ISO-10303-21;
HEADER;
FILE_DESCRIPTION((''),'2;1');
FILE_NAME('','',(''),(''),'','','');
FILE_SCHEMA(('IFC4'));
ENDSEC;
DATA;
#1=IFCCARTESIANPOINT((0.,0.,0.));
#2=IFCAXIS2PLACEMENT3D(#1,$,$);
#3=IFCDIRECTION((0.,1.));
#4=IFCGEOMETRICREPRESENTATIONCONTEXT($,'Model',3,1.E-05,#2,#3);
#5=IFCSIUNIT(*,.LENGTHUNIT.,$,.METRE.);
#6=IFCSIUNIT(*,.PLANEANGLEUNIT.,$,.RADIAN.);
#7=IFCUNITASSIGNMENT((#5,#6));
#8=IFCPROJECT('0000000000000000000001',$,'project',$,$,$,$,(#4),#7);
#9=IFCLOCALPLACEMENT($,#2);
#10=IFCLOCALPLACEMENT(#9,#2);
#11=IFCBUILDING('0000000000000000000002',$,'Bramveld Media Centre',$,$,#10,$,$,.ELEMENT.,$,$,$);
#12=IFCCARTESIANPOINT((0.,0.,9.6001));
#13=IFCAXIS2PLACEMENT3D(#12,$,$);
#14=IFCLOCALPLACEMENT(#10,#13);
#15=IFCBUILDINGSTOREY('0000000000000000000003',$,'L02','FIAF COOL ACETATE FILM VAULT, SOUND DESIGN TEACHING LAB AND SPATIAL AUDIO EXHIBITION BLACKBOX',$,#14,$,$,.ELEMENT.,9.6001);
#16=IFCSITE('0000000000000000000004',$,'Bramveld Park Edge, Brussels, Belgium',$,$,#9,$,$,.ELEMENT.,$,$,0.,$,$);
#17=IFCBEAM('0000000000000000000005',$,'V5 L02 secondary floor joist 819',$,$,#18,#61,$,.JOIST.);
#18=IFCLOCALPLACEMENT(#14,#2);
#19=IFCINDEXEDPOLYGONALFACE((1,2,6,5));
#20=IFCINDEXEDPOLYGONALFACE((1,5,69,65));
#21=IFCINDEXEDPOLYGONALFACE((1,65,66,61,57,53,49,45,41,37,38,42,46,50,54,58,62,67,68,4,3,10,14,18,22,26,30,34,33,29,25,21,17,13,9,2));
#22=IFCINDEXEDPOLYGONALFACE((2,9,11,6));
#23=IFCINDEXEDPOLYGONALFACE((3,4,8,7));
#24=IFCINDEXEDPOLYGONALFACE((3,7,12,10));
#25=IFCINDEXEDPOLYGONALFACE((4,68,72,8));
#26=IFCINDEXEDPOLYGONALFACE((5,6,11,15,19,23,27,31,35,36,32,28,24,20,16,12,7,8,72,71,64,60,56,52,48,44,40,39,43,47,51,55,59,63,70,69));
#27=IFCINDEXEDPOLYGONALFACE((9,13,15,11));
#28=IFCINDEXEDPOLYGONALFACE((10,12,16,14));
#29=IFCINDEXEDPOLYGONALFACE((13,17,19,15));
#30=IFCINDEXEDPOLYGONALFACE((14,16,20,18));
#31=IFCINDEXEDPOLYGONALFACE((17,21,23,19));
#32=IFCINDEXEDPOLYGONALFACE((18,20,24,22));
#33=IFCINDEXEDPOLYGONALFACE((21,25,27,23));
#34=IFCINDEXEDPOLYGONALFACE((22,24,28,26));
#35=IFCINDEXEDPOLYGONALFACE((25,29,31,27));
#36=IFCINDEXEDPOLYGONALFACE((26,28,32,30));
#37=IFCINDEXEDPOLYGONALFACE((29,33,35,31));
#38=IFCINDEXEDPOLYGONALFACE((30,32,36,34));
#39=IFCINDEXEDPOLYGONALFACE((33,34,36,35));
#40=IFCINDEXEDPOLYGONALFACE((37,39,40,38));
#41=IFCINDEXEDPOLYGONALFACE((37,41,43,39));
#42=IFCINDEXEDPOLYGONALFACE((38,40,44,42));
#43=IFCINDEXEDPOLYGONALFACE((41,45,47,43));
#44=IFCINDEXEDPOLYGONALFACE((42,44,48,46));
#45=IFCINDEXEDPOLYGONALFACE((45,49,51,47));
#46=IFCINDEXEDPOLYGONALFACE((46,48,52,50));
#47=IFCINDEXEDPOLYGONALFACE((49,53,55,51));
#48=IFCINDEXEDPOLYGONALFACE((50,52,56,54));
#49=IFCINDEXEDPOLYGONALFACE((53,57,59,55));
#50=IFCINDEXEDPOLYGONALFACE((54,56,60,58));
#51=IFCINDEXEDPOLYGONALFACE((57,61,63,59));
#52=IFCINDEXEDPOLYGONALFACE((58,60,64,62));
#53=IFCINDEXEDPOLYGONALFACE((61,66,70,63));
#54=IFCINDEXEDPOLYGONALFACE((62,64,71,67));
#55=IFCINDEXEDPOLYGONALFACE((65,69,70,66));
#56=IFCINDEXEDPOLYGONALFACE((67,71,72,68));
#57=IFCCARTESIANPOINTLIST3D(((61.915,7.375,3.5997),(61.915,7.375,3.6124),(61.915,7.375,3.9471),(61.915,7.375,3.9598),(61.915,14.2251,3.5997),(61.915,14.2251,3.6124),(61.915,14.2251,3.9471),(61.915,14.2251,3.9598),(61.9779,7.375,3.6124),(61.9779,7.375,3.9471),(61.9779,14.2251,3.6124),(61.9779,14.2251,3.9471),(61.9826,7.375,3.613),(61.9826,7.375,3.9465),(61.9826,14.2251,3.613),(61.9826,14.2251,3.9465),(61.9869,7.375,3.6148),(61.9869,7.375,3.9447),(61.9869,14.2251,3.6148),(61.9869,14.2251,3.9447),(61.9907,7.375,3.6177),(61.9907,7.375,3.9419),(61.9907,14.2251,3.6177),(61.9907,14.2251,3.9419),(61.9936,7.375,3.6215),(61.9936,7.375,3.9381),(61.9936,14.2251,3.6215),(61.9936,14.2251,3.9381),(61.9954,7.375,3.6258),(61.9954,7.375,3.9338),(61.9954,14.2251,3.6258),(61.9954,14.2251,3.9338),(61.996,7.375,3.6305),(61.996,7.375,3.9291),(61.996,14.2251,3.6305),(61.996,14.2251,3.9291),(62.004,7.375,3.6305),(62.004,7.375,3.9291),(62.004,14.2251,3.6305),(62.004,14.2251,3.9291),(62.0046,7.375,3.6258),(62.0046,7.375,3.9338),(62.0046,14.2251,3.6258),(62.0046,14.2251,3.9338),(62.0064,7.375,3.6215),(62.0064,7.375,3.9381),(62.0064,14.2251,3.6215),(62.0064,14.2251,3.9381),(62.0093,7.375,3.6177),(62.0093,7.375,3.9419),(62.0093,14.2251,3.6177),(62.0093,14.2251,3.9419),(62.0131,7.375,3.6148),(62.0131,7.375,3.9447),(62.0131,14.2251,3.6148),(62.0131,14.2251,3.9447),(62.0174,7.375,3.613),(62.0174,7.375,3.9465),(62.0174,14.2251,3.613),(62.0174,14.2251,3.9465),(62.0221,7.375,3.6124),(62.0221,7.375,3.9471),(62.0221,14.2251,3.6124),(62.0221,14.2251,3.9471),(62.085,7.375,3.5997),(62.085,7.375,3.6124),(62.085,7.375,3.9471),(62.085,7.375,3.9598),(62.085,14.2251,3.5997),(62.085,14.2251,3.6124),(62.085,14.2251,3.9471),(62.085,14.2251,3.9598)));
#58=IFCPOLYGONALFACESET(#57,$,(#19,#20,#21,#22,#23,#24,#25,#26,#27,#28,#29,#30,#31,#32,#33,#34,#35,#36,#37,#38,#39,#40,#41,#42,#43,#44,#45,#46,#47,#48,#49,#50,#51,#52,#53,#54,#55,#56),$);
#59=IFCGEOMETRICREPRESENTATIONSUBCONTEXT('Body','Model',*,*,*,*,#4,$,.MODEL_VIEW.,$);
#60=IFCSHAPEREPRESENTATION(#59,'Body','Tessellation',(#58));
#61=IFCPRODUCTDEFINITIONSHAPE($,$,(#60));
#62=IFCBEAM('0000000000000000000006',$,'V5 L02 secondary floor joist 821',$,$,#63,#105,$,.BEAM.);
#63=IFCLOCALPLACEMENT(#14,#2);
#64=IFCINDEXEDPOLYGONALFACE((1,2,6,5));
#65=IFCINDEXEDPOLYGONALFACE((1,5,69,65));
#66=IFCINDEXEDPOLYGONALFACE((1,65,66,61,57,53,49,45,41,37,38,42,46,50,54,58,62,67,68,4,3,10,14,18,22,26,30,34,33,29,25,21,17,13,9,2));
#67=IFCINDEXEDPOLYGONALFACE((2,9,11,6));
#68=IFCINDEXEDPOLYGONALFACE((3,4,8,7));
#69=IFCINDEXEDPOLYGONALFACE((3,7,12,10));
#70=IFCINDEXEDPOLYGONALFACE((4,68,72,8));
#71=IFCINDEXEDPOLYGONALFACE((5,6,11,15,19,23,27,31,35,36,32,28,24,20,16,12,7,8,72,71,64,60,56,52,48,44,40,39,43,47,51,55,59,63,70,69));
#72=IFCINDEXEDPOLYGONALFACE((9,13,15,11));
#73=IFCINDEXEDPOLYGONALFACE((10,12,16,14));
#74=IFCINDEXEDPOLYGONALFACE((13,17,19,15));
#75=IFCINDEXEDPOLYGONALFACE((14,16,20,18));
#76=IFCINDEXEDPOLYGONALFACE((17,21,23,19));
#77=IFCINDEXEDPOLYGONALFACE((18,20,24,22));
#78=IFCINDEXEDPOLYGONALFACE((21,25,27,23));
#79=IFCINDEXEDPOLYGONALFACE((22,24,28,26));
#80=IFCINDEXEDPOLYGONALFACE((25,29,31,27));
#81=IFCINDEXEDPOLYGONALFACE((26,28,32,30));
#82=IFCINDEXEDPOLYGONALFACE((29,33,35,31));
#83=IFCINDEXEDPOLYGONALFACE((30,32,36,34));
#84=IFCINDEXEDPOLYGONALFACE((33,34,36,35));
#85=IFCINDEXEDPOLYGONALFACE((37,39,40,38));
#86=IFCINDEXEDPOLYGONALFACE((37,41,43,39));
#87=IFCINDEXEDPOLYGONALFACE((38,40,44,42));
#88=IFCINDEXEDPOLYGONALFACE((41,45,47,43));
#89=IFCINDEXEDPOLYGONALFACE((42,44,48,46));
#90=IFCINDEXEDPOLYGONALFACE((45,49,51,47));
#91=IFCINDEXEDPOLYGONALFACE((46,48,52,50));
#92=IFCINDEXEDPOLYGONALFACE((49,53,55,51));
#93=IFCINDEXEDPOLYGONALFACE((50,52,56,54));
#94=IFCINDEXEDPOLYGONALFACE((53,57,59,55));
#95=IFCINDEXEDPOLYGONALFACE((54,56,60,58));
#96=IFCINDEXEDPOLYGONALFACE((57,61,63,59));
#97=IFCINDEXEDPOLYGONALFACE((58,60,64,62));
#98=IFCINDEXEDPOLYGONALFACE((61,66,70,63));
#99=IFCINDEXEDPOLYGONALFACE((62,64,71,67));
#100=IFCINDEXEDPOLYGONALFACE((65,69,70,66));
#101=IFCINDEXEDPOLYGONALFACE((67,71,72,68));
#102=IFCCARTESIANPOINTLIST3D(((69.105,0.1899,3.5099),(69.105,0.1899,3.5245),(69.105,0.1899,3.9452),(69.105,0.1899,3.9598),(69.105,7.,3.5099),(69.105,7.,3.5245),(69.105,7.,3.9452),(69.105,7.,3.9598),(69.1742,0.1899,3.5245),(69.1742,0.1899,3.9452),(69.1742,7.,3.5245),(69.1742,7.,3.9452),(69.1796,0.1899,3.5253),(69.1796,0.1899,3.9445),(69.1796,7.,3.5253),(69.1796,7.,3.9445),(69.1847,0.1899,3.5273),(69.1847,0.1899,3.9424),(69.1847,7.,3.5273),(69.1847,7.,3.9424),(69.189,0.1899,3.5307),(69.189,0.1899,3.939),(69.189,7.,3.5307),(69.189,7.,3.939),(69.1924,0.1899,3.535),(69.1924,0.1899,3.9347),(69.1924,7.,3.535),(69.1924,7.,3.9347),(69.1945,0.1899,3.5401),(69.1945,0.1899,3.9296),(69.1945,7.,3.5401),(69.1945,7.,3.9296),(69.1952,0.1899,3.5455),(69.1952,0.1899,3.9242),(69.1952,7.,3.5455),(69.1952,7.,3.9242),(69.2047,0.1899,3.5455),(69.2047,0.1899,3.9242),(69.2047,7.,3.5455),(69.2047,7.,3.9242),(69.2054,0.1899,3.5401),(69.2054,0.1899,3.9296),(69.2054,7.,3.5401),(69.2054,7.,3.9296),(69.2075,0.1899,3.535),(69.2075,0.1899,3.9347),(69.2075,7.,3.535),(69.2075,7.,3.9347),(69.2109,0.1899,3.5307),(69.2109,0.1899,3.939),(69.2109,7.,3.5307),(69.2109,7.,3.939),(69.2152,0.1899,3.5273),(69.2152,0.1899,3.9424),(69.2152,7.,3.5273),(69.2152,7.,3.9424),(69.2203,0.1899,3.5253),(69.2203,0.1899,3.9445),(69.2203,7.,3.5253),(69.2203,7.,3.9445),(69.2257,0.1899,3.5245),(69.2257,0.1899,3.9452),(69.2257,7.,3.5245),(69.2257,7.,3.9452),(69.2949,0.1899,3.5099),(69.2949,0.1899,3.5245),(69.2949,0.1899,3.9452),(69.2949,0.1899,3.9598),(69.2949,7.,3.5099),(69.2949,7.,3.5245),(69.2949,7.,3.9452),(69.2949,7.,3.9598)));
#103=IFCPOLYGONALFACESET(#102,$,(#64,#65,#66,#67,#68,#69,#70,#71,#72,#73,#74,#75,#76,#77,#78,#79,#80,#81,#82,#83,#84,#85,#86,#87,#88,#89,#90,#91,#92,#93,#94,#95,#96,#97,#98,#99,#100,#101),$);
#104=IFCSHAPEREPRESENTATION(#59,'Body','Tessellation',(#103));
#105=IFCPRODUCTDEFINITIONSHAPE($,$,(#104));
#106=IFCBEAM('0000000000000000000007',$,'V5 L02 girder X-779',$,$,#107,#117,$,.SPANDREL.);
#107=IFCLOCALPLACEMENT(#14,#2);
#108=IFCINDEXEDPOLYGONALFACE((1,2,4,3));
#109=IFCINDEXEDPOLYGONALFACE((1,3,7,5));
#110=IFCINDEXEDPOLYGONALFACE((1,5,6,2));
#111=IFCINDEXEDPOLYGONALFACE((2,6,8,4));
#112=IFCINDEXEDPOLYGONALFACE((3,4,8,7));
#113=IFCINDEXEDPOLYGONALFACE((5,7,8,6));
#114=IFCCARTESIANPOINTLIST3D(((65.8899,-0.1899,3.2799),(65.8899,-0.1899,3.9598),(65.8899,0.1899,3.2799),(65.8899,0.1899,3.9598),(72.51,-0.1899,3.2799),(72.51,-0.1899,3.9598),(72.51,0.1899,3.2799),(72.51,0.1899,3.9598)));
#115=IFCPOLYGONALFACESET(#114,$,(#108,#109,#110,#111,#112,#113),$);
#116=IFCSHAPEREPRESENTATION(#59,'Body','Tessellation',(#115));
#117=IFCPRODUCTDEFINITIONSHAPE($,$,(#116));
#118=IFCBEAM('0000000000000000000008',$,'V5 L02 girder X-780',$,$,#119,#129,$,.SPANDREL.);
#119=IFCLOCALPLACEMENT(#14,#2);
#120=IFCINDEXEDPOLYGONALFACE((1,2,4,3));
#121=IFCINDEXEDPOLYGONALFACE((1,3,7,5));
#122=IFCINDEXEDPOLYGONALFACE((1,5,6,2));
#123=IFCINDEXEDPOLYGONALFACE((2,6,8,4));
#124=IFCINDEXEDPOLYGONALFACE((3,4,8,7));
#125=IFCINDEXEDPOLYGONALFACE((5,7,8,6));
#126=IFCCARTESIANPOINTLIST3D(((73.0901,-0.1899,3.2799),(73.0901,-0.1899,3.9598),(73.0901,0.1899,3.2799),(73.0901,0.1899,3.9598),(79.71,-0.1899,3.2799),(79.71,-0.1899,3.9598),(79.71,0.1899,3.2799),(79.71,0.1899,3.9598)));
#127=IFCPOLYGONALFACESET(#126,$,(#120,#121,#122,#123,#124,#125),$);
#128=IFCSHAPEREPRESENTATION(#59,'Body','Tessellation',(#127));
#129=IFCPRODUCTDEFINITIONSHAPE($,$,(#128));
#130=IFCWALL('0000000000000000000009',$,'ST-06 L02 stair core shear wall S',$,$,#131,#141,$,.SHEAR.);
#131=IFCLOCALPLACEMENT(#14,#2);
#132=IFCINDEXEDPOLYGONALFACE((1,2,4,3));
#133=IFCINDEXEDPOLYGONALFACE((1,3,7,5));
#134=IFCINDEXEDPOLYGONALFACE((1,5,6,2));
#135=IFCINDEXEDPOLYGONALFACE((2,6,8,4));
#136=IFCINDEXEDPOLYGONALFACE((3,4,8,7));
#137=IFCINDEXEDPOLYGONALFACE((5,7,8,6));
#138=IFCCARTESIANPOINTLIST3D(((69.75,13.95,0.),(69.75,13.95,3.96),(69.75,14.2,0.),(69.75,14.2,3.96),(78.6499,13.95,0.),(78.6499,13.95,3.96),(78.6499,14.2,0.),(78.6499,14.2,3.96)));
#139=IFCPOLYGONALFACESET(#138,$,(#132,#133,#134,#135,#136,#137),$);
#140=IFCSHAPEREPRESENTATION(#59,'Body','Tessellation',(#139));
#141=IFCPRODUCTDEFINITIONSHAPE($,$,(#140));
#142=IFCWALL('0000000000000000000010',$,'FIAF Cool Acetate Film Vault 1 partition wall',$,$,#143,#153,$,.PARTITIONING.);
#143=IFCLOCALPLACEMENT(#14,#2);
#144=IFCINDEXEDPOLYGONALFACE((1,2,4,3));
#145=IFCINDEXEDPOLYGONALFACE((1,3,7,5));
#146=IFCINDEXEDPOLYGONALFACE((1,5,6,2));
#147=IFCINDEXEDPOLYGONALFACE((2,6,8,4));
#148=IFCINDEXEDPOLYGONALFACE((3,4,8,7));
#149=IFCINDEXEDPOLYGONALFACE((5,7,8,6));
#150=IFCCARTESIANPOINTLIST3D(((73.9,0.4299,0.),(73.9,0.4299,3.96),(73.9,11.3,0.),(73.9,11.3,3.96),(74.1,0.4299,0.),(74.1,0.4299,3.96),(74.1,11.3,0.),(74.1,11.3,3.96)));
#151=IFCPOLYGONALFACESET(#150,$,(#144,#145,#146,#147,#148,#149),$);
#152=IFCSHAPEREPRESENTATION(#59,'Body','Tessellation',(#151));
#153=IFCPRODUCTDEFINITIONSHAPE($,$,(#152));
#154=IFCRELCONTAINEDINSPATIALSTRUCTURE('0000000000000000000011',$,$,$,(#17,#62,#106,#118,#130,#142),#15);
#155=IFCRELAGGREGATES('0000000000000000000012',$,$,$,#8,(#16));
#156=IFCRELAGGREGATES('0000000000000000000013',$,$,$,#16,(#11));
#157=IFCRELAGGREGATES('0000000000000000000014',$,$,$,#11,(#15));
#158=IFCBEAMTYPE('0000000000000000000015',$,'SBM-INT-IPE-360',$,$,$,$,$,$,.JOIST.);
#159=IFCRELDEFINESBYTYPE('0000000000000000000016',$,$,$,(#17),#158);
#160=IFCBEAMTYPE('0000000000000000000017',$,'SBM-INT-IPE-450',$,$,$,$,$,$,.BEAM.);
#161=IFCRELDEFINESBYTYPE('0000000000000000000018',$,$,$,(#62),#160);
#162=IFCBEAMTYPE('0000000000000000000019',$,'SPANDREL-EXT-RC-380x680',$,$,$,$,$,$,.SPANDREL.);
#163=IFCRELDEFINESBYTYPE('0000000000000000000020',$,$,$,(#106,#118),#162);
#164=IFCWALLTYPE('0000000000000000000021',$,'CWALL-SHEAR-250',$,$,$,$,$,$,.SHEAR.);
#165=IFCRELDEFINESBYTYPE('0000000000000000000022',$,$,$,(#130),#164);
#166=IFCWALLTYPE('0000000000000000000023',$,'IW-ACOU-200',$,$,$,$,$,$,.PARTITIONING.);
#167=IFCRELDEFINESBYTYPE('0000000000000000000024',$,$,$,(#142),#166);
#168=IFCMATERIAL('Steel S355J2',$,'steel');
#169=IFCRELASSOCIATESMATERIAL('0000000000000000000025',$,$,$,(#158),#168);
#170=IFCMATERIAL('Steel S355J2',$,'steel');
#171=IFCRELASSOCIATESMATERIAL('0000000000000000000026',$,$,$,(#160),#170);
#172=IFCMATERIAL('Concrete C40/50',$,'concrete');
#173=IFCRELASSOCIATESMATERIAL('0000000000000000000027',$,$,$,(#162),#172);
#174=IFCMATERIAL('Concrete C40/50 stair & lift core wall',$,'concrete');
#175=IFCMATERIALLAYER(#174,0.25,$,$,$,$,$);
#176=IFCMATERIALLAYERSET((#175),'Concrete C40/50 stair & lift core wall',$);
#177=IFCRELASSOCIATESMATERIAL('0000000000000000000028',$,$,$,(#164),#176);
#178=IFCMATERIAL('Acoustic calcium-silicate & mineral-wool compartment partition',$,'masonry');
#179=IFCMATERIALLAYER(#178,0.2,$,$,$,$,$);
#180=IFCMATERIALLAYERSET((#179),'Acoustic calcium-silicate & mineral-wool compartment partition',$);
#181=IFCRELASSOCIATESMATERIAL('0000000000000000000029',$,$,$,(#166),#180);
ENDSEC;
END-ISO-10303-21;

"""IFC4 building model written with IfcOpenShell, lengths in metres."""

from ifc_helpers import new_model, si_unit, direction, frame, frame_2d, origin, origin_2d, place, context, subcontext, project, spatial, rectangle, i_section, extrude, material, layer, layer_set, material_profile, profile_set, type_object, element, save


model = new_model("IFC4")

# Units and contexts
model_context = context("Model", 3, precision=1e-05, world=origin(), true_north=direction((0.0, 1.0)))
body_context = subcontext(model_context, "Body", "Model", "MODEL_VIEW")
ifc_project = project(units=[si_unit("LENGTHUNIT", "METRE"), si_unit("PLANEANGLEUNIT", "RADIAN")], contexts=[model_context])

# Site, building, storey
site_placement = place(None, origin())
site = spatial("IfcSite", under=ifc_project, at=site_placement, Name="Bramveld Park Edge, Brussels, Belgium", CompositionType="ELEMENT", RefElevation=0.0)
building_placement = place(site_placement, origin())
building = spatial("IfcBuilding", under=site, at=building_placement, Name="Bramveld Media Centre", CompositionType="ELEMENT")
storey_placement = place(building_placement, frame((0.0, 0.0, 9.6001)))
storey = spatial("IfcBuildingStorey", under=building, at=storey_placement, Name="L02", Description="FIAF COOL ACETATE FILM VAULT, SOUND DESIGN TEACHING LAB AND SPATIAL AUDIO EXHIBITION BLACKBOX", CompositionType="ELEMENT", Elevation=9.6001)

# Beams
ifc_material_1 = material(Name="Steel S355J2", Category="steel")
ifc_material_profile_1 = material_profile(ifc_material_1, i_section(OverallWidth=0.1699, OverallDepth=0.3601, WebThickness=0.0081, FlangeThickness=0.0127, FilletRadius=0.0181, at=origin_2d()), Name="IPE 360")
ifc_profile_set_1 = profile_set([ifc_material_profile_1], Name="Steel S355J2")
beam_type_1 = type_object("IfcBeamType", Name="SBM-INT-IPE-360", PredefinedType="JOIST", material=ifc_profile_set_1)
beam_1_placement = place(storey_placement, frame((62.0, 7.375, 3.7798), z_axis=(0.0, 1.0, 0.0), x_axis=(-1.0, 0.0, 0.0)))
element("IfcBeam", 1, at=beam_1_placement, inside=storey, type_object=beam_type_1, Name="V5 L02 secondary floor joist 819", PredefinedType="JOIST", context=body_context, shape_type="SweptSolid", body=[
    extrude(i_section(OverallWidth=0.1699, OverallDepth=0.3601, WebThickness=0.0081, FlangeThickness=0.0127, FilletRadius=0.0181, at=origin_2d()), origin(), (0.0, 0.0, 1.0), 6.8501),
])
ifc_material_2 = material(Name="Steel S355J2", Category="steel")
ifc_material_profile_2 = material_profile(ifc_material_2, i_section(OverallWidth=0.1899, OverallDepth=0.45, WebThickness=0.0095, FlangeThickness=0.0146, FilletRadius=0.021, at=origin_2d()), Name="IPE 450")
ifc_profile_set_2 = profile_set([ifc_material_profile_2], Name="Steel S355J2")
beam_type_2 = type_object("IfcBeamType", Name="SBM-INT-IPE-450", PredefinedType="BEAM", material=ifc_profile_set_2)
beam_2_placement = place(storey_placement, frame((69.2, 0.1899, 3.7349), z_axis=(0.0, 1.0, 0.0), x_axis=(-1.0, 0.0, 0.0)))
element("IfcBeam", 2, at=beam_2_placement, inside=storey, type_object=beam_type_2, Name="V5 L02 secondary floor joist 821", PredefinedType="BEAM", context=body_context, shape_type="SweptSolid", body=[
    extrude(i_section(OverallWidth=0.1899, OverallDepth=0.45, WebThickness=0.0095, FlangeThickness=0.0146, FilletRadius=0.021, at=origin_2d()), origin(), (0.0, 0.0, 1.0), 6.8101),
])
ifc_material_3 = material(Name="Concrete C40/50", Category="concrete")
ifc_material_profile_3 = material_profile(ifc_material_3, rectangle(XDim=0.3799, YDim=0.6799, at=origin_2d()), Name="RC 380x680")
ifc_profile_set_3 = profile_set([ifc_material_profile_3], Name="Concrete C40/50")
beam_type_3 = type_object("IfcBeamType", Name="SPANDREL-EXT-RC-380x680", PredefinedType="SPANDREL", material=ifc_profile_set_3)
beam_3_placement = place(storey_placement, frame((65.8899, 0.0, 3.6199), z_axis=(1.0, 0.0, 0.0), x_axis=(0.0, 1.0, 0.0)))
element("IfcBeam", 3, at=beam_3_placement, inside=storey, type_object=beam_type_3, Name="V5 L02 girder X-779", PredefinedType="SPANDREL", context=body_context, shape_type="SweptSolid", body=[
    extrude(rectangle(XDim=0.3799, YDim=0.6799, at=origin_2d()), origin(), (0.0, 0.0, 1.0), 6.6201),
])
beam_4_placement = place(storey_placement, frame((73.0901, 0.0, 3.6199), z_axis=(1.0, 0.0, 0.0), x_axis=(0.0, 1.0, 0.0)))
element("IfcBeam", 4, at=beam_4_placement, inside=storey, type_object=beam_type_3, Name="V5 L02 girder X-780", PredefinedType="SPANDREL", context=body_context, shape_type="SweptSolid", body=[
    extrude(rectangle(XDim=0.3799, YDim=0.6799, at=origin_2d()), origin(), (0.0, 0.0, 1.0), 6.6199),
])

# Walls
ifc_material_4 = material(Name="Concrete C40/50 stair & lift core wall", Category="concrete")
ifc_layer_1 = layer(ifc_material_4, 0.25)
ifc_layer_set_1 = layer_set([ifc_layer_1], Name="Concrete C40/50 stair & lift core wall")
wall_type_1 = type_object("IfcWallType", Name="CWALL-SHEAR-250", PredefinedType="SHEAR", material=ifc_layer_set_1)
wall_1_placement = place(storey_placement, frame((69.75, 14.075, 0.0), z_axis=(0.0, 0.0, 1.0), x_axis=(1.0, 0.0, 0.0)))
element("IfcWall", 5, at=wall_1_placement, inside=storey, type_object=wall_type_1, Name="ST-06 L02 stair core shear wall S", PredefinedType="SHEAR", context=body_context, shape_type="SweptSolid", body=[
    extrude(rectangle(XDim=8.8999, YDim=0.25, at=frame_2d((4.45, 0.0))), origin(), (0.0, 0.0, 1.0), 3.96),
])
ifc_material_5 = material(Name="Acoustic calcium-silicate & mineral-wool compartment partition", Category="masonry")
ifc_layer_2 = layer(ifc_material_5, 0.2)
ifc_layer_set_2 = layer_set([ifc_layer_2], Name="Acoustic calcium-silicate & mineral-wool compartment partition")
wall_type_2 = type_object("IfcWallType", Name="IW-ACOU-200", PredefinedType="PARTITIONING", material=ifc_layer_set_2)
wall_2_placement = place(storey_placement, frame((74.0, 0.4299, 0.0), z_axis=(0.0, 0.0, 1.0), x_axis=(0.0, 1.0, 0.0)))
element("IfcWall", 6, at=wall_2_placement, inside=storey, type_object=wall_type_2, Name="FIAF Cool Acetate Film Vault 1 partition wall", PredefinedType="PARTITIONING", context=body_context, shape_type="SweptSolid", body=[
    extrude(rectangle(XDim=10.8701, YDim=0.2, at=frame_2d((5.4351, 0.0))), origin(), (0.0, 0.0, 1.0), 3.96),
])

save(model, "model.ifc")
